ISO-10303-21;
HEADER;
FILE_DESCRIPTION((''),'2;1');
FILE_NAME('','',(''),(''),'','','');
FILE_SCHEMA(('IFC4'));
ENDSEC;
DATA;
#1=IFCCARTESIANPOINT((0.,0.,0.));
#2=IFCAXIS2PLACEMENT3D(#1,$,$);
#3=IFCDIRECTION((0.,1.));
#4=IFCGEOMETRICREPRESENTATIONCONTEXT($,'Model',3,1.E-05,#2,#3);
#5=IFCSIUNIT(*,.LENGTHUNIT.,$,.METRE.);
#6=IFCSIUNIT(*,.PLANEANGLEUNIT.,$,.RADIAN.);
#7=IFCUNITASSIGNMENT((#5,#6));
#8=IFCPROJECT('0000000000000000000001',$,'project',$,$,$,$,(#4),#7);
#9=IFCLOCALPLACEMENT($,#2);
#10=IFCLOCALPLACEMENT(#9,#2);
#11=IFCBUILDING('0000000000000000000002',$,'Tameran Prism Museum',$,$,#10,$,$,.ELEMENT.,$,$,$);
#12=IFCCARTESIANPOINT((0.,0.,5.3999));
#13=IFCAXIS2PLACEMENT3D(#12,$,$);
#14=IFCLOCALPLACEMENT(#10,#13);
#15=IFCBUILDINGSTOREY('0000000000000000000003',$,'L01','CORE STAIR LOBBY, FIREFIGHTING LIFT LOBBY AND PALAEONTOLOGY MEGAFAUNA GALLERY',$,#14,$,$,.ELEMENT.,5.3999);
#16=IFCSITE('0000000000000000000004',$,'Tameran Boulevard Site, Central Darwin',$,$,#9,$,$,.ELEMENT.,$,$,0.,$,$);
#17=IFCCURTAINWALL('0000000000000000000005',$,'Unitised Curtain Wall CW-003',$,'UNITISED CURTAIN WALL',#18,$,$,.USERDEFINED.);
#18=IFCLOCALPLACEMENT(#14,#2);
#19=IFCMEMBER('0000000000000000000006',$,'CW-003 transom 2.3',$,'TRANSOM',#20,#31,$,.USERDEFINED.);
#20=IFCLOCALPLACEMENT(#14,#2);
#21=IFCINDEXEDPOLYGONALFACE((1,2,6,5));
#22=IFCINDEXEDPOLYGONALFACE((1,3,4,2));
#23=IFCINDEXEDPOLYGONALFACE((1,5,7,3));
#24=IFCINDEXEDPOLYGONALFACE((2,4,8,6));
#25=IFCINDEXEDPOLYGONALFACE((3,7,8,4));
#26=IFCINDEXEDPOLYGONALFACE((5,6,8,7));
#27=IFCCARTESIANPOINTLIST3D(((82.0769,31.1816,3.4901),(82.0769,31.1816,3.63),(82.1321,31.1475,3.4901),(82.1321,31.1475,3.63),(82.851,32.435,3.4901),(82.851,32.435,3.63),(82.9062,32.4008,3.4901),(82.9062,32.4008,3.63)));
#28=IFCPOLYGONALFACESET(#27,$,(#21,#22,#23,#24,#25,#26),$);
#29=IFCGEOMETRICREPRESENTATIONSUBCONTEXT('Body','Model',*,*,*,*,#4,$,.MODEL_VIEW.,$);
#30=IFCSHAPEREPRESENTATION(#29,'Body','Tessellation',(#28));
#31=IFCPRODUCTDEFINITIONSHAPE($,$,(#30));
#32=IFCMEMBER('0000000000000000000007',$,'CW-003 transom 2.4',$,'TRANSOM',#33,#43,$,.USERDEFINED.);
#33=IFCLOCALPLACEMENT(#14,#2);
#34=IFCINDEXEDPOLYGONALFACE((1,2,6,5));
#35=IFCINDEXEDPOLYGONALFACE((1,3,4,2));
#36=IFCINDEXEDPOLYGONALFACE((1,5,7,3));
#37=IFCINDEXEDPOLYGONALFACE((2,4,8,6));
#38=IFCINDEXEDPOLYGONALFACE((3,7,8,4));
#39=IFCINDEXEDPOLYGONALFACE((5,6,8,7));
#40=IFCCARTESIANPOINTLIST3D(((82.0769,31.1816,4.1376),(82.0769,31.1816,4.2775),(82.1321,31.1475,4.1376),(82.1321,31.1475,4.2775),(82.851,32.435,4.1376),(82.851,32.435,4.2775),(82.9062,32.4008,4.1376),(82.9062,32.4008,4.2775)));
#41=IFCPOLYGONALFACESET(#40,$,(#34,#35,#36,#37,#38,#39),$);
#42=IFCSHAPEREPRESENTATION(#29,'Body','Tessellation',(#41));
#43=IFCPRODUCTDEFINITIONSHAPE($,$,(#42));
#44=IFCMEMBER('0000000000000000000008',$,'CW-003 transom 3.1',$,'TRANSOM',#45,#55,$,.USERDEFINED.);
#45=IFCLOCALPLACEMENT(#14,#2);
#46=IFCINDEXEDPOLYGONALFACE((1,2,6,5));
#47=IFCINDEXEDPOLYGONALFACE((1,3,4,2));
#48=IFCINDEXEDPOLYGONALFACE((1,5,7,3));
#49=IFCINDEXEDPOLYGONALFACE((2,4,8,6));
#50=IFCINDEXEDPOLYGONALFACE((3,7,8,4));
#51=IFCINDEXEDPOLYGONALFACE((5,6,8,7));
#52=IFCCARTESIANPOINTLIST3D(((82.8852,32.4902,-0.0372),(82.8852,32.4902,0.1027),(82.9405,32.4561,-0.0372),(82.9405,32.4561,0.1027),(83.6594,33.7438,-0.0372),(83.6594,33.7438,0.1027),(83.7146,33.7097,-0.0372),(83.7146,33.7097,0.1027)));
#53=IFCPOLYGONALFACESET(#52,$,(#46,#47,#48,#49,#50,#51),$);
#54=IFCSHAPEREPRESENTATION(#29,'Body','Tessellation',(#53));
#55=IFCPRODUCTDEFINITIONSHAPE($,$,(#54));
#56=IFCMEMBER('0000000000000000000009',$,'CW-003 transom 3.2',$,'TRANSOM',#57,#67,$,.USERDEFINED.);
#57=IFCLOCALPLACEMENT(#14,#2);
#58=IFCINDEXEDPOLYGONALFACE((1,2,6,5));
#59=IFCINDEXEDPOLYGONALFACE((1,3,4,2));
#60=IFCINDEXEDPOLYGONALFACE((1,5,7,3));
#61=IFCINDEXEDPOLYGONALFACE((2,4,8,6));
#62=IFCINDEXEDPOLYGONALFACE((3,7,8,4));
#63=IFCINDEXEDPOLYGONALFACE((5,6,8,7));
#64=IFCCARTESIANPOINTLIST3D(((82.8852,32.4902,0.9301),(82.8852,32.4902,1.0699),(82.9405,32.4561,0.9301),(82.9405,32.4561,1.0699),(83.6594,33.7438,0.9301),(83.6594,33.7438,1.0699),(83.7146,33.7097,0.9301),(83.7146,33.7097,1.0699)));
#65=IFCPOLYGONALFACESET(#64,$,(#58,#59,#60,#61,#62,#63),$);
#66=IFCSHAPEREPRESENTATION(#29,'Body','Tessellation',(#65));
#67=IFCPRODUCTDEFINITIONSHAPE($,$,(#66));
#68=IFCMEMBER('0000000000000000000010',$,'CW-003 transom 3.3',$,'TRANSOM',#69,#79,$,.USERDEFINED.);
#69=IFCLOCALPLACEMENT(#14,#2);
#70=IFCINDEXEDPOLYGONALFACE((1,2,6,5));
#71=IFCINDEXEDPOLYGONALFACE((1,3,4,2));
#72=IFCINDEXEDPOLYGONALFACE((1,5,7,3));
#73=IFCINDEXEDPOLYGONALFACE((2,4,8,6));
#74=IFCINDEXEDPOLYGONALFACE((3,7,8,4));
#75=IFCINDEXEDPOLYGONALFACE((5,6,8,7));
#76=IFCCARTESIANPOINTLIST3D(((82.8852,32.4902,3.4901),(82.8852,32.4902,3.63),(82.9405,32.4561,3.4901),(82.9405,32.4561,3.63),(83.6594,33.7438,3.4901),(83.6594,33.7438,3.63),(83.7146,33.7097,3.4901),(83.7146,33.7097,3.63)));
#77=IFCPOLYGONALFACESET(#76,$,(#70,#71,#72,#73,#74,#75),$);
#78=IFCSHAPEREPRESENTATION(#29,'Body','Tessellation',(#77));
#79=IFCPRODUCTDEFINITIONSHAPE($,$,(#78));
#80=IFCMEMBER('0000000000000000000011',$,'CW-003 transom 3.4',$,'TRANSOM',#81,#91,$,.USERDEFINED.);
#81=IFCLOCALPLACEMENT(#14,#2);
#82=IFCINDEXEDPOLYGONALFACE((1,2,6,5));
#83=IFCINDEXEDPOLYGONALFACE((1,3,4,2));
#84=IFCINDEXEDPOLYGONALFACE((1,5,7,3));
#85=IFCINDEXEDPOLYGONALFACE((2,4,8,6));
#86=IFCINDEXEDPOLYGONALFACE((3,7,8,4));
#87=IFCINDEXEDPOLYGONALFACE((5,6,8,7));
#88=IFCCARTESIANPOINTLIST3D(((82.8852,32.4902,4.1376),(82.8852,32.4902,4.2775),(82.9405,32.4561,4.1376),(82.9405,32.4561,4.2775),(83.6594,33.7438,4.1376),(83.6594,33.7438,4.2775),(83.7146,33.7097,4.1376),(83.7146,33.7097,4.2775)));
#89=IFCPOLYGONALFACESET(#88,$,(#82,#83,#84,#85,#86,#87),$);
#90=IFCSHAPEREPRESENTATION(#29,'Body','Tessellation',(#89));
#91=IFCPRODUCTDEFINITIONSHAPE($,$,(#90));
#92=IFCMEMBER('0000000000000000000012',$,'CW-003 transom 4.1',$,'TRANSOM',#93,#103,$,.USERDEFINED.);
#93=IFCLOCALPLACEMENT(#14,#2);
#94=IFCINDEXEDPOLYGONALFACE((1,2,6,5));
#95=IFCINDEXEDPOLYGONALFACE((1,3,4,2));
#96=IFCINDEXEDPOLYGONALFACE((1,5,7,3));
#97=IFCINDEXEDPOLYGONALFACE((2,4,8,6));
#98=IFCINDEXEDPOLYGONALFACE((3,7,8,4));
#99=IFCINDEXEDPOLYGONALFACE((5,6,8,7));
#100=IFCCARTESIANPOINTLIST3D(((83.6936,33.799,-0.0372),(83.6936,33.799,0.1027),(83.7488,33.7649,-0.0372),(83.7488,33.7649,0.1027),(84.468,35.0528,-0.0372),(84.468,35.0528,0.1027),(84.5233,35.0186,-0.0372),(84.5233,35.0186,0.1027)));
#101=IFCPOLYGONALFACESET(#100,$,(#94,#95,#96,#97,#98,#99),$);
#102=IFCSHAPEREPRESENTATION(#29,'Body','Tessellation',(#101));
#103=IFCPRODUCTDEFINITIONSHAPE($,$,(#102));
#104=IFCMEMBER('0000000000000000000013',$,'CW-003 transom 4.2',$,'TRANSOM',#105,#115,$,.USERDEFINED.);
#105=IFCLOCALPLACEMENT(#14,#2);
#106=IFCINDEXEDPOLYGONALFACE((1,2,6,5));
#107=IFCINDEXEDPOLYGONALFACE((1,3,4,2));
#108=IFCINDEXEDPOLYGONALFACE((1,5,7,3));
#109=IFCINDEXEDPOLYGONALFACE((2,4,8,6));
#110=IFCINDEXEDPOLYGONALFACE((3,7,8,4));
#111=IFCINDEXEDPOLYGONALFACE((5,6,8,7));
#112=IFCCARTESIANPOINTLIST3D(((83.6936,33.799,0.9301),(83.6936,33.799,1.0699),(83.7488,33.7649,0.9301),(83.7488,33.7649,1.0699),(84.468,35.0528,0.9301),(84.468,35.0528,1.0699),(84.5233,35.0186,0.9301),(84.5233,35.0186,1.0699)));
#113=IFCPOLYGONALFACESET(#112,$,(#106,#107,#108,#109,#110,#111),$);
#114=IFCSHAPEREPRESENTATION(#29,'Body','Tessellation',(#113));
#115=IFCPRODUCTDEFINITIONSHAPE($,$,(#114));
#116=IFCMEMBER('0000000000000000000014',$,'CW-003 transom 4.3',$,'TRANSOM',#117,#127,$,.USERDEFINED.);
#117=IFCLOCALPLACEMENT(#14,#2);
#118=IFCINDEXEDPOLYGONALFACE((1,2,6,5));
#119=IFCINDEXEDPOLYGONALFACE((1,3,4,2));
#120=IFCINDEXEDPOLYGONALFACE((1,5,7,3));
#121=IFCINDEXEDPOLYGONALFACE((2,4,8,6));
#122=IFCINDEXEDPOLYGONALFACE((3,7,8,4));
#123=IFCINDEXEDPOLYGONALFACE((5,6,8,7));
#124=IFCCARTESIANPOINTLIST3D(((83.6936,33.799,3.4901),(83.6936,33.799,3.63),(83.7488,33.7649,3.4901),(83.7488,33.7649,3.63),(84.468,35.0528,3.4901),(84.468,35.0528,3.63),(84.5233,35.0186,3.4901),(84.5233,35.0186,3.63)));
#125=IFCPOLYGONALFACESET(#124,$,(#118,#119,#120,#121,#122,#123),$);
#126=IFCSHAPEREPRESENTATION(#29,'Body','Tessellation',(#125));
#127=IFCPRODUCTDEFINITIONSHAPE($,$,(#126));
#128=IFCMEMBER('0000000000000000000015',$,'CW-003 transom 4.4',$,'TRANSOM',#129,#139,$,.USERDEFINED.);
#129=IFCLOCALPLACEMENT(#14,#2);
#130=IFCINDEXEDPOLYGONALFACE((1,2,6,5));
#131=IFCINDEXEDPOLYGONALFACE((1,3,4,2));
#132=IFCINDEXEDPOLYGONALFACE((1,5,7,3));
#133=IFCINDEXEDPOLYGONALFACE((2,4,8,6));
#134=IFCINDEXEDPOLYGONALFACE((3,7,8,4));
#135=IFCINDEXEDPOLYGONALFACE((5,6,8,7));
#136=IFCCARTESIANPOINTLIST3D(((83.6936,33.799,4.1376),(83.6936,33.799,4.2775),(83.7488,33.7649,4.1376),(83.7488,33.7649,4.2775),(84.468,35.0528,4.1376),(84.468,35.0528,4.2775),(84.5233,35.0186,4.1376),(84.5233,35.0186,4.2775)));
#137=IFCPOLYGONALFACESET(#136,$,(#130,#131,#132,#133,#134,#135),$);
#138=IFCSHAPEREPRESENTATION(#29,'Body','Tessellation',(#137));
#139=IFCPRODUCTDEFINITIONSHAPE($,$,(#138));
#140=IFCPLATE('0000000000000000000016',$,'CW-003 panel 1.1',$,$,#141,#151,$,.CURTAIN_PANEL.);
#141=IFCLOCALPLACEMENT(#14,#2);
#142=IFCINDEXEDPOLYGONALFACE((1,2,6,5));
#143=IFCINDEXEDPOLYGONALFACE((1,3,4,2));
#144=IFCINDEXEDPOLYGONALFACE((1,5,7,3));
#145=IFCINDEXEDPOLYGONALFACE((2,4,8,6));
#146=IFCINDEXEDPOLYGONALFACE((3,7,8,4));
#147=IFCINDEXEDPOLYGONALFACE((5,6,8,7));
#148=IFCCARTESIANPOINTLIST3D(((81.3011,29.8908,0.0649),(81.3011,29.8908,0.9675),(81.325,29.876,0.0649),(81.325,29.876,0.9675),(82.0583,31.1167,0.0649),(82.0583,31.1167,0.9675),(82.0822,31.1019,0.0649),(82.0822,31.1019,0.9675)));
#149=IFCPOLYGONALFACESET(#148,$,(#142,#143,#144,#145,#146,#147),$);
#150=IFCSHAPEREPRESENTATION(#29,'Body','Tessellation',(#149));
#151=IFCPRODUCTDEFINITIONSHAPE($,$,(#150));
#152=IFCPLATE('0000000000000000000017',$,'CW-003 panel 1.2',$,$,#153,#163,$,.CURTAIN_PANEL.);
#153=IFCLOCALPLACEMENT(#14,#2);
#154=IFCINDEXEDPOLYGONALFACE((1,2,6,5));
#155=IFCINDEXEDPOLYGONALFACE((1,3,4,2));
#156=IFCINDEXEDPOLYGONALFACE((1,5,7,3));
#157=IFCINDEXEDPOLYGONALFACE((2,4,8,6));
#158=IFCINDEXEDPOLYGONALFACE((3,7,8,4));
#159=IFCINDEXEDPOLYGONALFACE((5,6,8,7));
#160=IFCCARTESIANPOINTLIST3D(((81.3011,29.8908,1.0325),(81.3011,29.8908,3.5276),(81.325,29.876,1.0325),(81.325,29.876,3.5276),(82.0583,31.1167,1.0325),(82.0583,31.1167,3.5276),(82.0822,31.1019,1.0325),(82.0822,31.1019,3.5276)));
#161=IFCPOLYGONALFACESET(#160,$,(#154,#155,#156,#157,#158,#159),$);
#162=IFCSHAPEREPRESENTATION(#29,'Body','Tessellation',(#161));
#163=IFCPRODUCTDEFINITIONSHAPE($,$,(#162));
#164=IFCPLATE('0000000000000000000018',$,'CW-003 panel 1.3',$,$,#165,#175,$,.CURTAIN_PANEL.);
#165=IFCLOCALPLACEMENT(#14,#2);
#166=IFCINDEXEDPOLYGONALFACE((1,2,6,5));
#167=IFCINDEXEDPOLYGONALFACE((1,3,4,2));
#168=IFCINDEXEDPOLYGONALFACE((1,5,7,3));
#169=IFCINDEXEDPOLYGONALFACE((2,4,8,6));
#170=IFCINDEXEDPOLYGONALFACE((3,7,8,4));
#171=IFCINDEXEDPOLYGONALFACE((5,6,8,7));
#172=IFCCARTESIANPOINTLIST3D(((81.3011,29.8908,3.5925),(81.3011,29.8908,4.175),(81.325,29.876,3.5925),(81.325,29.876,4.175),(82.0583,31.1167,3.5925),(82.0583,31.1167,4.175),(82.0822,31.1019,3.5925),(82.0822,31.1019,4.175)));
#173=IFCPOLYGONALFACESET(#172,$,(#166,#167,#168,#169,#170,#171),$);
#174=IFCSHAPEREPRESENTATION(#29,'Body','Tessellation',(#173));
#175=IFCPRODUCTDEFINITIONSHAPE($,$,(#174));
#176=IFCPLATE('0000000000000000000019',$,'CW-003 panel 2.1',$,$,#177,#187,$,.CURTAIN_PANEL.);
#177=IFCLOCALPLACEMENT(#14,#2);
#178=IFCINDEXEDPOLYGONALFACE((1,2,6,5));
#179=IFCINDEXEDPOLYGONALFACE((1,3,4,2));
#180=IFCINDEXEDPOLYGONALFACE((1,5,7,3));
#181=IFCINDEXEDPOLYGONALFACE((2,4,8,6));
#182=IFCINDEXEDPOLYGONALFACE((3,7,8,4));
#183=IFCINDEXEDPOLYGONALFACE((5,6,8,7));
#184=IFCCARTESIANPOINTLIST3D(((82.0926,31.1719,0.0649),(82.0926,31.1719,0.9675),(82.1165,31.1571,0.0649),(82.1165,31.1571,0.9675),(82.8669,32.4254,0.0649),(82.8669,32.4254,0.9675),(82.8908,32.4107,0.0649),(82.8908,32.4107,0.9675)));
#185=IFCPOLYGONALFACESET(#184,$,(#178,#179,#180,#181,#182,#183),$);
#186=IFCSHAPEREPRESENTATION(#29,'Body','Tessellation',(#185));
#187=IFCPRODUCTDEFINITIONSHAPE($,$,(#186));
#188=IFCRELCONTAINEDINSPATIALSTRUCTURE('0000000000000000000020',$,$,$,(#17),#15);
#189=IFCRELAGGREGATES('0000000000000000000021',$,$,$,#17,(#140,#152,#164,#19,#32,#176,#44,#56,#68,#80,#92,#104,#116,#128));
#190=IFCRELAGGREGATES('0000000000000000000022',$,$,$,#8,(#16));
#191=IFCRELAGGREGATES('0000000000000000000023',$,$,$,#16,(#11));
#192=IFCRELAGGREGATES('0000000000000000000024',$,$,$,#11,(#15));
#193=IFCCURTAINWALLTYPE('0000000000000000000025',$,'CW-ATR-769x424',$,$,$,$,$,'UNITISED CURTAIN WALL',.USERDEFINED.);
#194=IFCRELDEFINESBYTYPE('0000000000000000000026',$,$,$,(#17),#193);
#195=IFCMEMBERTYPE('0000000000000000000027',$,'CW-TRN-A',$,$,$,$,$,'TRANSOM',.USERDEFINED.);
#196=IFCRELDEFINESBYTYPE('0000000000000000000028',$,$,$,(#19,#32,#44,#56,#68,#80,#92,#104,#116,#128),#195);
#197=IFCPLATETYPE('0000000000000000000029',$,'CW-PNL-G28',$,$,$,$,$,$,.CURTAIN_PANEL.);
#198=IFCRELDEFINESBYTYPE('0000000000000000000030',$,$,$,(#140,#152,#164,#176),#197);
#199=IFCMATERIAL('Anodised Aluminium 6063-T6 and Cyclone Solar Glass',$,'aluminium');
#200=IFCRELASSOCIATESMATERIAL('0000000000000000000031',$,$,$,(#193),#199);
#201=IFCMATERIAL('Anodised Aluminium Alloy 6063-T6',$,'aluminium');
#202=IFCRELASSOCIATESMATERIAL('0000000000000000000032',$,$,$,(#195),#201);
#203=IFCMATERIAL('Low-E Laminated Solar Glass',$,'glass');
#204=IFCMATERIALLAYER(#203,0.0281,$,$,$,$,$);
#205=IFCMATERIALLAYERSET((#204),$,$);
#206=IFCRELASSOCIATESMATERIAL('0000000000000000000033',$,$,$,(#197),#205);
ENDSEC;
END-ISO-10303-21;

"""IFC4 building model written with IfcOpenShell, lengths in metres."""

from ifc_helpers import new_model, si_unit, direction, frame, origin, origin_2d, place, context, subcontext, project, spatial, rectangle, extrude, material, layer, layer_set, material_profile, profile_set, type_object, element, aggregate, save


model = new_model("IFC4")

# Units and contexts
model_context = context("Model", 3, precision=1e-05, world=origin(), true_north=direction((0.0, 1.0)))
body_context = subcontext(model_context, "Body", "Model", "MODEL_VIEW")
ifc_project = project(units=[si_unit("LENGTHUNIT", "METRE"), si_unit("PLANEANGLEUNIT", "RADIAN")], contexts=[model_context])

# Site, building, storey
site_placement = place(None, origin())
site = spatial("IfcSite", under=ifc_project, at=site_placement, Name="Tameran Boulevard Site, Central Darwin", CompositionType="ELEMENT", RefElevation=0.0)
building_placement = place(site_placement, origin())
building = spatial("IfcBuilding", under=site, at=building_placement, Name="Tameran Prism Museum", CompositionType="ELEMENT")
storey_placement = place(building_placement, frame((0.0, 0.0, 5.3999)))
storey = spatial("IfcBuildingStorey", under=building, at=storey_placement, Name="L01", Description="CORE STAIR LOBBY, FIREFIGHTING LIFT LOBBY AND PALAEONTOLOGY MEGAFAUNA GALLERY", CompositionType="ELEMENT", Elevation=5.3999)

# Curtain wall, members, plates
ifc_material_1 = material(Name="Anodised Aluminium 6063-T6 and Cyclone Solar Glass", Category="aluminium")
curtain_wall_type = type_object("IfcCurtainWallType", Name="CW-ATR-769x424", ElementType="UNITISED CURTAIN WALL", PredefinedType="USERDEFINED", material=ifc_material_1)
curtain_wall_placement = place(storey_placement, origin())
curtain_wall = element("IfcCurtainWall", 1, at=curtain_wall_placement, inside=storey, type_object=curtain_wall_type, Name="Unitised Curtain Wall CW-003", ObjectType="UNITISED CURTAIN WALL", PredefinedType="USERDEFINED")
ifc_material_2 = material(Name="Anodised Aluminium Alloy 6063-T6", Category="aluminium")
ifc_material_profile_1 = material_profile(ifc_material_2, rectangle(XDim=0.0649, YDim=0.1399, at=origin_2d()))
ifc_profile_set_1 = profile_set([ifc_material_profile_1])
member_type_1 = type_object("IfcMemberType", Name="CW-TRN-A", ElementType="TRANSOM", PredefinedType="USERDEFINED", material=ifc_profile_set_1)
member_1_placement = place(storey_placement, frame((82.1045, 31.1646, 3.5601), z_axis=(0.525493, 0.850798, 0.0), x_axis=(-0.850798, 0.525493, 0.0)))
member_1 = element("IfcMember", 2, at=member_1_placement, type_object=member_type_1, Name="CW-003 transom 2.3", ObjectType="TRANSOM", PredefinedType="USERDEFINED", context=body_context, shape_type="SweptSolid", body=[
    extrude(rectangle(XDim=0.0649, YDim=0.1399, at=origin_2d()), origin(), (0.0, 0.0, 1.0), 1.4731),
])
member_2_placement = place(storey_placement, frame((82.1045, 31.1646, 4.2075), z_axis=(0.525493, 0.850798, 0.0), x_axis=(-0.850798, 0.525493, 0.0)))
member_2 = element("IfcMember", 3, at=member_2_placement, type_object=member_type_1, Name="CW-003 transom 2.4", ObjectType="TRANSOM", PredefinedType="USERDEFINED", context=body_context, shape_type="SweptSolid", body=[
    extrude(rectangle(XDim=0.0649, YDim=0.1399, at=origin_2d()), origin(), (0.0, 0.0, 1.0), 1.4731),
])
member_3_placement = place(storey_placement, frame((82.9128, 32.4731, 0.0327), z_axis=(0.525419, 0.850844, 0.0), x_axis=(-0.850844, 0.525419, 0.0)))
member_3 = element("IfcMember", 4, at=member_3_placement, type_object=member_type_1, Name="CW-003 transom 3.1", ObjectType="TRANSOM", PredefinedType="USERDEFINED", context=body_context, shape_type="SweptSolid", body=[
    extrude(rectangle(XDim=0.0649, YDim=0.1399, at=origin_2d()), origin(), (0.0, 0.0, 1.0), 1.4734),
])
member_4_placement = place(storey_placement, frame((82.9128, 32.4731, 1.0), z_axis=(0.525419, 0.850844, 0.0), x_axis=(-0.850844, 0.525419, 0.0)))
member_4 = element("IfcMember", 5, at=member_4_placement, type_object=member_type_1, Name="CW-003 transom 3.2", ObjectType="TRANSOM", PredefinedType="USERDEFINED", context=body_context, shape_type="SweptSolid", body=[
    extrude(rectangle(XDim=0.0649, YDim=0.1399, at=origin_2d()), origin(), (0.0, 0.0, 1.0), 1.4734),
])
member_5_placement = place(storey_placement, frame((82.9128, 32.4731, 3.5601), z_axis=(0.525419, 0.850844, 0.0), x_axis=(-0.850844, 0.525419, 0.0)))
member_5 = element("IfcMember", 6, at=member_5_placement, type_object=member_type_1, Name="CW-003 transom 3.3", ObjectType="TRANSOM", PredefinedType="USERDEFINED", context=body_context, shape_type="SweptSolid", body=[
    extrude(rectangle(XDim=0.0649, YDim=0.1399, at=origin_2d()), origin(), (0.0, 0.0, 1.0), 1.4734),
])
member_6_placement = place(storey_placement, frame((82.9128, 32.4731, 4.2075), z_axis=(0.525419, 0.850844, 0.0), x_axis=(-0.850844, 0.525419, 0.0)))
member_6 = element("IfcMember", 7, at=member_6_placement, type_object=member_type_1, Name="CW-003 transom 3.4", ObjectType="TRANSOM", PredefinedType="USERDEFINED", context=body_context, shape_type="SweptSolid", body=[
    extrude(rectangle(XDim=0.0649, YDim=0.1399, at=origin_2d()), origin(), (0.0, 0.0, 1.0), 1.4734),
])
member_7_placement = place(storey_placement, frame((83.7212, 33.782, 0.0327), z_axis=(0.525539, 0.85077, 0.0), x_axis=(-0.85077, 0.525539, 0.0)))
member_7 = element("IfcMember", 8, at=member_7_placement, type_object=member_type_1, Name="CW-003 transom 4.1", ObjectType="TRANSOM", PredefinedType="USERDEFINED", context=body_context, shape_type="SweptSolid", body=[
    extrude(rectangle(XDim=0.0649, YDim=0.1399, at=origin_2d()), origin(), (0.0, 0.0, 1.0), 1.4736),
])
member_8_placement = place(storey_placement, frame((83.7212, 33.782, 1.0), z_axis=(0.525539, 0.85077, 0.0), x_axis=(-0.85077, 0.525539, 0.0)))
member_8 = element("IfcMember", 9, at=member_8_placement, type_object=member_type_1, Name="CW-003 transom 4.2", ObjectType="TRANSOM", PredefinedType="USERDEFINED", context=body_context, shape_type="SweptSolid", body=[
    extrude(rectangle(XDim=0.0649, YDim=0.1399, at=origin_2d()), origin(), (0.0, 0.0, 1.0), 1.4736),
])
member_9_placement = place(storey_placement, frame((83.7212, 33.782, 3.5601), z_axis=(0.525539, 0.85077, 0.0), x_axis=(-0.85077, 0.525539, 0.0)))
member_9 = element("IfcMember", 10, at=member_9_placement, type_object=member_type_1, Name="CW-003 transom 4.3", ObjectType="TRANSOM", PredefinedType="USERDEFINED", context=body_context, shape_type="SweptSolid", body=[
    extrude(rectangle(XDim=0.0649, YDim=0.1399, at=origin_2d()), origin(), (0.0, 0.0, 1.0), 1.4736),
])
member_10_placement = place(storey_placement, frame((83.7212, 33.782, 4.2075), z_axis=(0.525539, 0.85077, 0.0), x_axis=(-0.85077, 0.525539, 0.0)))
member_10 = element("IfcMember", 11, at=member_10_placement, type_object=member_type_1, Name="CW-003 transom 4.4", ObjectType="TRANSOM", PredefinedType="USERDEFINED", context=body_context, shape_type="SweptSolid", body=[
    extrude(rectangle(XDim=0.0649, YDim=0.1399, at=origin_2d()), origin(), (0.0, 0.0, 1.0), 1.4736),
])
ifc_material_3 = material(Name="Low-E Laminated Solar Glass", Category="glass")
ifc_layer_1 = layer(ifc_material_3, 0.0281)
ifc_layer_set_1 = layer_set([ifc_layer_1])
plate_type = type_object("IfcPlateType", Name="CW-PNL-G28", PredefinedType="CURTAIN_PANEL", material=ifc_layer_set_1)
plate_1_placement = place(storey_placement, frame((81.6917, 30.4963, 0.0649), z_axis=(0.0, 0.0, 1.0), x_axis=(0.525504, 0.850791, 0.0)))
plate_1 = element("IfcPlate", 12, at=plate_1_placement, type_object=plate_type, Name="CW-003 panel 1.1", PredefinedType="CURTAIN_PANEL", context=body_context, shape_type="SweptSolid", body=[
    extrude(rectangle(XDim=1.4409, YDim=0.0281, at=origin_2d()), origin(), (0.0, 0.0, 1.0), 0.9026),
])
plate_2_placement = place(storey_placement, frame((81.6917, 30.4963, 1.0325), z_axis=(0.0, 0.0, 1.0), x_axis=(0.525504, 0.850791, 0.0)))
plate_2 = element("IfcPlate", 13, at=plate_2_placement, type_object=plate_type, Name="CW-003 panel 1.2", PredefinedType="CURTAIN_PANEL", context=body_context, shape_type="SweptSolid", body=[
    extrude(rectangle(XDim=1.4409, YDim=0.0281, at=origin_2d()), origin(), (0.0, 0.0, 1.0), 2.4951),
])
plate_3_placement = place(storey_placement, frame((81.6917, 30.4963, 3.5925), z_axis=(0.0, 0.0, 1.0), x_axis=(0.525504, 0.850791, 0.0)))
plate_3 = element("IfcPlate", 14, at=plate_3_placement, type_object=plate_type, Name="CW-003 panel 1.3", PredefinedType="CURTAIN_PANEL", context=body_context, shape_type="SweptSolid", body=[
    extrude(rectangle(XDim=1.4409, YDim=0.0281, at=origin_2d()), origin(), (0.0, 0.0, 1.0), 0.5825),
])
plate_4_placement = place(storey_placement, frame((82.4917, 31.7913, 0.0649), z_axis=(0.0, 0.0, 1.0), x_axis=(0.525504, 0.850791, 0.0)))
plate_4 = element("IfcPlate", 15, at=plate_4_placement, type_object=plate_type, Name="CW-003 panel 2.1", PredefinedType="CURTAIN_PANEL", context=body_context, shape_type="SweptSolid", body=[
    extrude(rectangle(XDim=1.4734, YDim=0.0281, at=origin_2d()), origin(), (0.0, 0.0, 1.0), 0.9026),
])
aggregate(curtain_wall, [plate_1, plate_2, plate_3, member_1, member_2, plate_4, member_3, member_4, member_5, member_6, member_7, member_8, member_9, member_10])

save(model, "model.ifc")
